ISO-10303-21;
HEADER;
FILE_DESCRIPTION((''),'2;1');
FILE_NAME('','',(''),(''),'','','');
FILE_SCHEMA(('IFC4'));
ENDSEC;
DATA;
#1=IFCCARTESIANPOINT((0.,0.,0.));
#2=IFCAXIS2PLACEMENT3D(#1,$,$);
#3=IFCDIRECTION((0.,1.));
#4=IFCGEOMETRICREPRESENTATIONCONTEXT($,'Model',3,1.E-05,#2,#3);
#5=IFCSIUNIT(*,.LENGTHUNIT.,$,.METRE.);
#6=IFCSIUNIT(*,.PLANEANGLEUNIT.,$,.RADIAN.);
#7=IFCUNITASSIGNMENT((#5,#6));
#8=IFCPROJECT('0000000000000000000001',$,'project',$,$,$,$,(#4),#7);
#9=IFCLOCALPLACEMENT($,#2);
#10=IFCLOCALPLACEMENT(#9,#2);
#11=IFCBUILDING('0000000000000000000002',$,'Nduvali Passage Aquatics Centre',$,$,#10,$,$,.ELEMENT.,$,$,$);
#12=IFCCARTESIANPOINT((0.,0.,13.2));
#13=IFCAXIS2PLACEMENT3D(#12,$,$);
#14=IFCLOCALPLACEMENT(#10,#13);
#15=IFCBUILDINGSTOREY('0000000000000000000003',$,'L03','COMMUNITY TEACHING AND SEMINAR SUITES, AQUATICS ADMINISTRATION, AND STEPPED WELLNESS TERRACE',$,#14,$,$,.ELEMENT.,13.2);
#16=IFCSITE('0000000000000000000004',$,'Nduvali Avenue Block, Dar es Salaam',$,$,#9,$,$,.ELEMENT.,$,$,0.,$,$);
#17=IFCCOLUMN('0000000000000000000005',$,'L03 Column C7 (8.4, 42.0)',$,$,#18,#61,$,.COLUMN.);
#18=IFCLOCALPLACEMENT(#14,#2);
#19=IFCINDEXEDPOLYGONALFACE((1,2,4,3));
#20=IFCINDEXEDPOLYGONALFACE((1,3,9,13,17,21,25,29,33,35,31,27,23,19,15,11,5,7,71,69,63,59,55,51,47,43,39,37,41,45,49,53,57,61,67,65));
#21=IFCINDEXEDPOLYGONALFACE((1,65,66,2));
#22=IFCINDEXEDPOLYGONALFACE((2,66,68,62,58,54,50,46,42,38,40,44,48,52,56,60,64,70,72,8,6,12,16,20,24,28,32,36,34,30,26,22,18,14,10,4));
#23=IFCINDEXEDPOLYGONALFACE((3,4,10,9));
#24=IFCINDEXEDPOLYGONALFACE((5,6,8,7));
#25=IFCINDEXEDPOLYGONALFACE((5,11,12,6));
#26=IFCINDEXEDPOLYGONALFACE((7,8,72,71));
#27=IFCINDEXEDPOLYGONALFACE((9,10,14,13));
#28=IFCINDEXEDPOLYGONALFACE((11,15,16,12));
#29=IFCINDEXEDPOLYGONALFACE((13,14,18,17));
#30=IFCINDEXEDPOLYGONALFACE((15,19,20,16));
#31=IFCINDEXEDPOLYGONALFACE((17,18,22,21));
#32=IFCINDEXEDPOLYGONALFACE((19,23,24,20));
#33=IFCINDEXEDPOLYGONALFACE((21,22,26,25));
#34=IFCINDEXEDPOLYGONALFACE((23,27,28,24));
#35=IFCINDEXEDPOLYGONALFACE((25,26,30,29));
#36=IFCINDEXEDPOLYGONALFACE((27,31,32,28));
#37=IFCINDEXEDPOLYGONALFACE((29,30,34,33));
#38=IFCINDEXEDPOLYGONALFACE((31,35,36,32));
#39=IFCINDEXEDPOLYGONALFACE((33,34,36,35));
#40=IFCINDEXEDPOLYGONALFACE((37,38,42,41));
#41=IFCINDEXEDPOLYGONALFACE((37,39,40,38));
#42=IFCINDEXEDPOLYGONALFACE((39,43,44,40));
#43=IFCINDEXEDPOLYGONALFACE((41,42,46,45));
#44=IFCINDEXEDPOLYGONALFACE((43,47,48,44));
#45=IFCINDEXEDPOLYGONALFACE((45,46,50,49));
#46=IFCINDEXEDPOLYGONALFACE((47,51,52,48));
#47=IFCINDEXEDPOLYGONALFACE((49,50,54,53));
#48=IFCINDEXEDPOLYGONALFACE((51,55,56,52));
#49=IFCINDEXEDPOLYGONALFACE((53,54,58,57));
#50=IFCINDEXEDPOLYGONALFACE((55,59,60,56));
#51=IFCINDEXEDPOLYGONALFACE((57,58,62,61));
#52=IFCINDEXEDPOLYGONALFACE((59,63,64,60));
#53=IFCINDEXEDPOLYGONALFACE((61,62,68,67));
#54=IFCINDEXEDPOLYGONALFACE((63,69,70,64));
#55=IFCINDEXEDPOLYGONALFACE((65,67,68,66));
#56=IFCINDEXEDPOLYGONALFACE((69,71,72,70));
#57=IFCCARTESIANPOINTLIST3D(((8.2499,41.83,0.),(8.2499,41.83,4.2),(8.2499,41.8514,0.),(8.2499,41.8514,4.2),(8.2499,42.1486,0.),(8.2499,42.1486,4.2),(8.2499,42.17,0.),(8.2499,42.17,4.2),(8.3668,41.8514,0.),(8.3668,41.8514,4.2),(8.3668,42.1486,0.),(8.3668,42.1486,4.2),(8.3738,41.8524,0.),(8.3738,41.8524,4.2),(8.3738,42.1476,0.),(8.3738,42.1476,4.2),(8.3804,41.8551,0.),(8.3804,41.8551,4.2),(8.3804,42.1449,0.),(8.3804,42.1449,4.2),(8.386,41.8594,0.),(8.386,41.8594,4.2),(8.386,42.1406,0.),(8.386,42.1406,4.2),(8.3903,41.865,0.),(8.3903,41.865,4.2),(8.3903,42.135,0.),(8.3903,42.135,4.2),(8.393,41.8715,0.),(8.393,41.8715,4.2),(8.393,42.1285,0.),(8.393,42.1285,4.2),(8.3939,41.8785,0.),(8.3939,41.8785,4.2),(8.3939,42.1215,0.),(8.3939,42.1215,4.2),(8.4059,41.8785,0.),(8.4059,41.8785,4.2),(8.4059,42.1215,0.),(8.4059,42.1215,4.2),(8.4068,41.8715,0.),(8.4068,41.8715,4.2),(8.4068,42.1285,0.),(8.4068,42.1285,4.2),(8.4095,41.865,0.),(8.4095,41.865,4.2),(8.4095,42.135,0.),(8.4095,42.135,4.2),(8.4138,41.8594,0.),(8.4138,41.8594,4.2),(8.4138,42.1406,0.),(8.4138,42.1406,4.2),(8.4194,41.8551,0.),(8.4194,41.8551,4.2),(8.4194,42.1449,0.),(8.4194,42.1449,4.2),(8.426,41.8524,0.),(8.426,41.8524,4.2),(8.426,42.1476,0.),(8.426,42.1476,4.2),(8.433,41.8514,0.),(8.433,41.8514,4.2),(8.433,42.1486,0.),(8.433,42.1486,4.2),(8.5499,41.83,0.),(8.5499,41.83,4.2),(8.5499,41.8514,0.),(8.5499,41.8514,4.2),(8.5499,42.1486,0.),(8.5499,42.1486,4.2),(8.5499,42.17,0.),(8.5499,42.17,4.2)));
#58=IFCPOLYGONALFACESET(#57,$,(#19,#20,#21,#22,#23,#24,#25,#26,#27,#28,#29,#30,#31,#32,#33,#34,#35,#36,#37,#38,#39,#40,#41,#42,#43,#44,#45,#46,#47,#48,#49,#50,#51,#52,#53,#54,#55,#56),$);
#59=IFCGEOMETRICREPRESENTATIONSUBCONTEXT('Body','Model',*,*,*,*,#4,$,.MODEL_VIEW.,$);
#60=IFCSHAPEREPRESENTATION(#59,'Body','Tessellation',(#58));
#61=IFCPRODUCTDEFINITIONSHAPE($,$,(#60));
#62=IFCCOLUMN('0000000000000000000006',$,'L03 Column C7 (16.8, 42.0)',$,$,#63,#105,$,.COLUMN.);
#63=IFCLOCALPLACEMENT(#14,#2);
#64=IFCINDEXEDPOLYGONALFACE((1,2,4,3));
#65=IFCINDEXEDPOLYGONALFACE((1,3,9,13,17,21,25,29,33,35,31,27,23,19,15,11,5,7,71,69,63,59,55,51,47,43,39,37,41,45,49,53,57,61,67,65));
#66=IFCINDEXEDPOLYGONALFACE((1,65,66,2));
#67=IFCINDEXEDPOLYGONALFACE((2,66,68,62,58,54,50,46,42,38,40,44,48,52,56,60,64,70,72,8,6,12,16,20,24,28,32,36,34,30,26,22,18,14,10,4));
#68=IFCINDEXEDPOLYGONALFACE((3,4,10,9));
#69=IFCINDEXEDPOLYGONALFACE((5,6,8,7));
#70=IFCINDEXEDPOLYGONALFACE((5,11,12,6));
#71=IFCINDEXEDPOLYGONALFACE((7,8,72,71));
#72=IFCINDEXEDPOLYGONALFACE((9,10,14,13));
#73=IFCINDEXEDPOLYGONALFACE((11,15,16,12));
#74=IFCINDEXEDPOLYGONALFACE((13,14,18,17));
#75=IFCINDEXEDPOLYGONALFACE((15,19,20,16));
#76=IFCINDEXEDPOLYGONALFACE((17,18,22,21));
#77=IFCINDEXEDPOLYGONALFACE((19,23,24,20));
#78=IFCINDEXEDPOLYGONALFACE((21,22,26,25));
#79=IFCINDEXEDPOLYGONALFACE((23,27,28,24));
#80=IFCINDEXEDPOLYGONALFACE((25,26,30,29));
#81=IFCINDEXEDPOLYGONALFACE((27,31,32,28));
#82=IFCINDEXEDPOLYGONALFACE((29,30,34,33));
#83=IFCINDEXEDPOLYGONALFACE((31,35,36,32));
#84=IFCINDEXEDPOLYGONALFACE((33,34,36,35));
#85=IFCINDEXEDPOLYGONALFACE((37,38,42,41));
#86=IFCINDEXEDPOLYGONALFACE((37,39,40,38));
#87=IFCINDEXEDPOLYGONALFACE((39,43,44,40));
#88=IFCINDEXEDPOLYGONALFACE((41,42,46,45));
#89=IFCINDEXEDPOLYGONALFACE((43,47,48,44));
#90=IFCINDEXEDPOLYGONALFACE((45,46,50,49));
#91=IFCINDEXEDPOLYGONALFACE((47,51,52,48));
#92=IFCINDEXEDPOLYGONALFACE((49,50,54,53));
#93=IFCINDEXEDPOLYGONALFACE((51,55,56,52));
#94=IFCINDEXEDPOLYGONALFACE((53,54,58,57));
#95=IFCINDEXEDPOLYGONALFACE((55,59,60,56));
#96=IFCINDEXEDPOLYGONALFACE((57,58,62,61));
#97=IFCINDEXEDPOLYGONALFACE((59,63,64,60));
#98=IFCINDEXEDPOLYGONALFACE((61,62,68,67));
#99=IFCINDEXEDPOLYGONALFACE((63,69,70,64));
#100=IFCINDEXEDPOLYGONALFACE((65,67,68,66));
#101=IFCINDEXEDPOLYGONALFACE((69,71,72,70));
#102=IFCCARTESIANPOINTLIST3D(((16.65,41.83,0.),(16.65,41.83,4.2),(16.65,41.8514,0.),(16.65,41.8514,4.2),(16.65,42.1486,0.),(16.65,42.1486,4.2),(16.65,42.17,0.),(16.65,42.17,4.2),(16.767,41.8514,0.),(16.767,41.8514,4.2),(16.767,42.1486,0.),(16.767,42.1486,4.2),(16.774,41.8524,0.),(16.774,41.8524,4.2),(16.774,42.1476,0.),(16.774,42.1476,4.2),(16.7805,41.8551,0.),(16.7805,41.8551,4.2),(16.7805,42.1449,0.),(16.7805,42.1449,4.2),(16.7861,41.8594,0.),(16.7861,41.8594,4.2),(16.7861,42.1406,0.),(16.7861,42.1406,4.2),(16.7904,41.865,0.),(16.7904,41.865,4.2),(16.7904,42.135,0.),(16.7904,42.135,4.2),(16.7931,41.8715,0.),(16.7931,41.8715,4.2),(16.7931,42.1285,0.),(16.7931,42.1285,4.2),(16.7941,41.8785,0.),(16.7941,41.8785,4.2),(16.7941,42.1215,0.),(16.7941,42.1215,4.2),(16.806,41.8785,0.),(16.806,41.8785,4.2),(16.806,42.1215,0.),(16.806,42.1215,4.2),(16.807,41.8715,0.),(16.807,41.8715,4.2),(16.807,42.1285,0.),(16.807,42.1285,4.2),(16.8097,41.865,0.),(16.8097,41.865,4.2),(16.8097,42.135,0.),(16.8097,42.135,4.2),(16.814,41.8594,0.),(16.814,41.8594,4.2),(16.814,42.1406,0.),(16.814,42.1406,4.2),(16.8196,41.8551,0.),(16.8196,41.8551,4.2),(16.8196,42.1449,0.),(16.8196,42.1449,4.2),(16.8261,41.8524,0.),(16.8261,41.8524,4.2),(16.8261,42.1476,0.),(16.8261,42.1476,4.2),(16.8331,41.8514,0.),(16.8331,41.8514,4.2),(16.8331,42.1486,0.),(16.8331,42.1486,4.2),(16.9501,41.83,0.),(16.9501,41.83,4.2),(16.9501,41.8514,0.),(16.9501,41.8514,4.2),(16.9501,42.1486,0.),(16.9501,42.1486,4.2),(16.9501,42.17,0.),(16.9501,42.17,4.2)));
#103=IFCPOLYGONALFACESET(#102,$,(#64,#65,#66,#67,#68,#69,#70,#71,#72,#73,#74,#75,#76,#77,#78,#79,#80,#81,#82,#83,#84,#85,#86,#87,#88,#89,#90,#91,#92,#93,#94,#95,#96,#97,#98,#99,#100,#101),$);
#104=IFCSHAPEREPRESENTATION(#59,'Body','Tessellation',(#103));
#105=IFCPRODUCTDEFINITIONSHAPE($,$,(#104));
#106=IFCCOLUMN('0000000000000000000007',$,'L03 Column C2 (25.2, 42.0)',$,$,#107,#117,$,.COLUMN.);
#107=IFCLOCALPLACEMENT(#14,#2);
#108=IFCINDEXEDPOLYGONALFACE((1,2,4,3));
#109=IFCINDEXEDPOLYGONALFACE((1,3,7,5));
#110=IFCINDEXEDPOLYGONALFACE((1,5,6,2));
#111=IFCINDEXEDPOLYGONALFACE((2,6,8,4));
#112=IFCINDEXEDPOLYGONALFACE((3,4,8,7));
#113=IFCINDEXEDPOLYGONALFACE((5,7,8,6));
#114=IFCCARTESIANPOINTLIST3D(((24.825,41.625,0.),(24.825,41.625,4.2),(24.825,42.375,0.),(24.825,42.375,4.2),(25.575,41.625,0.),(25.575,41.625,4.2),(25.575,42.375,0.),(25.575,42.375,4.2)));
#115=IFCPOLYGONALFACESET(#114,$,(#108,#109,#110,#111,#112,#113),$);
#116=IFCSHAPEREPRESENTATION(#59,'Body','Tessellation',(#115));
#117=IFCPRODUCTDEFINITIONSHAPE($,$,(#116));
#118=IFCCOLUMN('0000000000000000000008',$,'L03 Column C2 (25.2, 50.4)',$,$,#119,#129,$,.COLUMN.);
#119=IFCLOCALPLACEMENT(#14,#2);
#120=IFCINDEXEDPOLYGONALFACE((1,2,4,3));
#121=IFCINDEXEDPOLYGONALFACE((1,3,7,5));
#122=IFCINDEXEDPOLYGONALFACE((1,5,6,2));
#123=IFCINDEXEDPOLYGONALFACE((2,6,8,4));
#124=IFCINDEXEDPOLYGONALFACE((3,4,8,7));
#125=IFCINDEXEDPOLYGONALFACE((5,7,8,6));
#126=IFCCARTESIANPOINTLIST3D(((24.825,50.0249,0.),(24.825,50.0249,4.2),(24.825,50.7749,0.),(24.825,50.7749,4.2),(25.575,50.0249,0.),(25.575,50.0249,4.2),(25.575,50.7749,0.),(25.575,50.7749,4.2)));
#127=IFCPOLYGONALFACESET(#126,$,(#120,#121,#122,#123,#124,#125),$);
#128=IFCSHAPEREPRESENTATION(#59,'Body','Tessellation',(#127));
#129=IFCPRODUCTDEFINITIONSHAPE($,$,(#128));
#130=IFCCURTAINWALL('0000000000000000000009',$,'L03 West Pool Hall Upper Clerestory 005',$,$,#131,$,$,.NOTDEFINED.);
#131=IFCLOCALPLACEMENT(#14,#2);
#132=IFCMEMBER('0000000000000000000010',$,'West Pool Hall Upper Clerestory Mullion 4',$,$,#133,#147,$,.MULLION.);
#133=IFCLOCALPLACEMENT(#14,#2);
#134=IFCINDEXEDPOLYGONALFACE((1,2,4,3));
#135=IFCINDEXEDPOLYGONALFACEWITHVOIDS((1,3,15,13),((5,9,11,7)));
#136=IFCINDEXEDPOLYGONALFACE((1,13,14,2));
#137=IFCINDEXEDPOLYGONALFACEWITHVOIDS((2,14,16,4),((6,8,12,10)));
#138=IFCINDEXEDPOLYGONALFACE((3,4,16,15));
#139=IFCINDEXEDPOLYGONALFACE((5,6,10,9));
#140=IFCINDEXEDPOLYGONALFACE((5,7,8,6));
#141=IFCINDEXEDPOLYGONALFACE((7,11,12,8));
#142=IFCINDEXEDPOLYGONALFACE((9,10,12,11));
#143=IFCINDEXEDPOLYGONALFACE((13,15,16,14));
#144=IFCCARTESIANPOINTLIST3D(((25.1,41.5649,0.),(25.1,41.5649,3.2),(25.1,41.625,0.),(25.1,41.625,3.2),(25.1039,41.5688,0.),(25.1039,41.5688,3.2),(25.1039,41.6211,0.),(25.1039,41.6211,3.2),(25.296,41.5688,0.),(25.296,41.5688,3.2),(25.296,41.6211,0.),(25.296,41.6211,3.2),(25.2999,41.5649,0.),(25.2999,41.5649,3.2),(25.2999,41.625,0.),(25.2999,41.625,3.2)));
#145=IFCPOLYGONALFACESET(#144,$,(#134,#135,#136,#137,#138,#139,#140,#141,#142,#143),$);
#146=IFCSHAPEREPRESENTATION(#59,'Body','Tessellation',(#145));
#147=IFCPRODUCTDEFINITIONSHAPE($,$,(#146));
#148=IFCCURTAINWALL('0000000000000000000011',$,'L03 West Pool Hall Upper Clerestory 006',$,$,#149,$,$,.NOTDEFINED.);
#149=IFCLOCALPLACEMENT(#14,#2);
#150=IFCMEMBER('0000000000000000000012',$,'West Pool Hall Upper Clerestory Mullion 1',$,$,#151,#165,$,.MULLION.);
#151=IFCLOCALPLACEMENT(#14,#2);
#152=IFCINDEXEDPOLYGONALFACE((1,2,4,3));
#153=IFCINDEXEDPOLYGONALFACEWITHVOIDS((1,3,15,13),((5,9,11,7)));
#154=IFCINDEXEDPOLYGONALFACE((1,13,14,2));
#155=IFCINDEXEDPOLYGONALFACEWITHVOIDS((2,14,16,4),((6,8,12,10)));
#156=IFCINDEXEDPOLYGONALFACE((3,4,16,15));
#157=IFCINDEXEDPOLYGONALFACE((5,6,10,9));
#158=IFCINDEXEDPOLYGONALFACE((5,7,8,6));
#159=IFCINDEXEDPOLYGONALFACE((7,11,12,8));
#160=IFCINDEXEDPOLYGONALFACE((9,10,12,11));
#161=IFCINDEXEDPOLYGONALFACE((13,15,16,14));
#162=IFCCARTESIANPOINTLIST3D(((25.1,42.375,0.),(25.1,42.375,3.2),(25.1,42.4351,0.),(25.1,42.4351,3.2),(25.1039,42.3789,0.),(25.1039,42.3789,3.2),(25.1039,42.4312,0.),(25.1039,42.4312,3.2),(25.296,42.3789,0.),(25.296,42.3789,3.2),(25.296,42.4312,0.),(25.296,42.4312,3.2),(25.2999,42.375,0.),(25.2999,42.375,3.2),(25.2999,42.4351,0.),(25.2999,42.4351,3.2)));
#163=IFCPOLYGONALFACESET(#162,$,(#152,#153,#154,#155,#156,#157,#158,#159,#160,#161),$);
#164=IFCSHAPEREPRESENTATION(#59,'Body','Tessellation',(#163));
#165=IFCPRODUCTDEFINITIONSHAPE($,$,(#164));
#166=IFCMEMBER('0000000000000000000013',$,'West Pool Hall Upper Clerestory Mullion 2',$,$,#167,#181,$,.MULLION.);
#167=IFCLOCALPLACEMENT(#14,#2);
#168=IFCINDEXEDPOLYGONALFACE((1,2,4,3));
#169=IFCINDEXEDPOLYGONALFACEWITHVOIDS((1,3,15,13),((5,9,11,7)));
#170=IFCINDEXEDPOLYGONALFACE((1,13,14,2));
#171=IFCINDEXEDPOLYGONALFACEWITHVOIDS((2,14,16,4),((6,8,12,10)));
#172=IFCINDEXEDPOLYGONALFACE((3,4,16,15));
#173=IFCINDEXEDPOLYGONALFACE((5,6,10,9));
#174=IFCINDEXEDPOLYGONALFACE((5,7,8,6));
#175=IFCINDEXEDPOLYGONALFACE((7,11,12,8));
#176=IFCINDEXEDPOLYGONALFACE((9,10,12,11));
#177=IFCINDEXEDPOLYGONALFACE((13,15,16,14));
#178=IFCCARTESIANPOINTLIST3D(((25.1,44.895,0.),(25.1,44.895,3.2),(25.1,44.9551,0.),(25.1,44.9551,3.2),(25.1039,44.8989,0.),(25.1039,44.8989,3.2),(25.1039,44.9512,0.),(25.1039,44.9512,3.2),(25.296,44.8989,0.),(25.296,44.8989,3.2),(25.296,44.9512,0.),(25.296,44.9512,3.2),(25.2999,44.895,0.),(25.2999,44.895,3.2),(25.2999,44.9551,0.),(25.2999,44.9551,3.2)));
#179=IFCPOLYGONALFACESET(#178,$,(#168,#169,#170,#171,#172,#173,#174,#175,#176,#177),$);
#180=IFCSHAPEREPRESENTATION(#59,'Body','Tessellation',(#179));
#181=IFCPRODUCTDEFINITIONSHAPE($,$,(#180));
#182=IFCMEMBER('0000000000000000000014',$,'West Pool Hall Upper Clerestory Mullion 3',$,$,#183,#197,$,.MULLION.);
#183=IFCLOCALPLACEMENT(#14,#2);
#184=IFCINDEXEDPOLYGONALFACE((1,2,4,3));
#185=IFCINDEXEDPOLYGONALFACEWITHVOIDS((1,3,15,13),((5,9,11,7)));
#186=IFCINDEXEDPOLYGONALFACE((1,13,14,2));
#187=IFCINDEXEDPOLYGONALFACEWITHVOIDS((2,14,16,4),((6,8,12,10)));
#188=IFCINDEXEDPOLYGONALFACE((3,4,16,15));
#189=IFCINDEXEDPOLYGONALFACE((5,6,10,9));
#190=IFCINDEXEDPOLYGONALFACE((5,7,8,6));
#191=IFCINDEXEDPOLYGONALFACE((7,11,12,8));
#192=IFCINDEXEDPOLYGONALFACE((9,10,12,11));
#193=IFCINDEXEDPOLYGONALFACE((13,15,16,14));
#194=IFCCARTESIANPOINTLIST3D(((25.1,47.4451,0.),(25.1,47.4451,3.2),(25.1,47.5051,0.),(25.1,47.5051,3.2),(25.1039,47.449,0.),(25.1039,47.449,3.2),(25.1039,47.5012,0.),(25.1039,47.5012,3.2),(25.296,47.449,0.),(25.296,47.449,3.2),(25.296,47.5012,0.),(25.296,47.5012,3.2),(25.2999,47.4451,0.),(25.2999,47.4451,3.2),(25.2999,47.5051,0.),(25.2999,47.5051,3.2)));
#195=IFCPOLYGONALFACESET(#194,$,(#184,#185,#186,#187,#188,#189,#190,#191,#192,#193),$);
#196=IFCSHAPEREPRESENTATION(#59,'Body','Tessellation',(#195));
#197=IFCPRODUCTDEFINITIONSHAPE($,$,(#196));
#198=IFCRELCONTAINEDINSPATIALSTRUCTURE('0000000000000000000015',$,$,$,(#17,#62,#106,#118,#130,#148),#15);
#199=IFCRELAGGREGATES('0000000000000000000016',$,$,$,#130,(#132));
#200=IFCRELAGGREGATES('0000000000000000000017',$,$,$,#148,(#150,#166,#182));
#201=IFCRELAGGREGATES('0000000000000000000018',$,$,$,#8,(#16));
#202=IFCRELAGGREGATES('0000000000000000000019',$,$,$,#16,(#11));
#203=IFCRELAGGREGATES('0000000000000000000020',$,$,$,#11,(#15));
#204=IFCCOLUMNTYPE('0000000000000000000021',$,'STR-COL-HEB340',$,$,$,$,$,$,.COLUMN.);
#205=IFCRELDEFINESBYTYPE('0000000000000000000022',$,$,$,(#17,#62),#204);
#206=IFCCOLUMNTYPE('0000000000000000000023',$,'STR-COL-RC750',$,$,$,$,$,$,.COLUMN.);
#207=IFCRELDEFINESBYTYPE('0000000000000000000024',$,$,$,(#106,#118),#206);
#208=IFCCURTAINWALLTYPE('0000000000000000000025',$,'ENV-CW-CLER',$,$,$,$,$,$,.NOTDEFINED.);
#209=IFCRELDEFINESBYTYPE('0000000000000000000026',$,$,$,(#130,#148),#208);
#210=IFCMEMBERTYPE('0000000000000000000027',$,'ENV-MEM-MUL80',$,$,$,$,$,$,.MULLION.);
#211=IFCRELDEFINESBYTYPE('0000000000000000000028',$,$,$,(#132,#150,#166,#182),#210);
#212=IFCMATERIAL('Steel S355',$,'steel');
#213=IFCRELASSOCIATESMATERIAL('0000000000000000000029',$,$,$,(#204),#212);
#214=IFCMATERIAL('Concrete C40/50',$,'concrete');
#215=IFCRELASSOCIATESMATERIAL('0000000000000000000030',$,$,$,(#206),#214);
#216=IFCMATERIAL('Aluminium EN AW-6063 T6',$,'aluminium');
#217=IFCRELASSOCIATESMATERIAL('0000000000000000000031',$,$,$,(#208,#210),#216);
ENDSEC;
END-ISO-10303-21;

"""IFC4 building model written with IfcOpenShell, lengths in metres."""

from ifc_helpers import new_model, si_unit, direction, frame, origin, origin_2d, place, context, subcontext, project, spatial, rectangle, hollow_rectangle, i_section, extrude, material, material_profile, profile_set, type_object, element, aggregate, save


model = new_model("IFC4")

# Units and contexts
model_context = context("Model", 3, precision=1e-05, world=origin(), true_north=direction((0.0, 1.0)))
body_context = subcontext(model_context, "Body", "Model", "MODEL_VIEW")
ifc_project = project(units=[si_unit("LENGTHUNIT", "METRE"), si_unit("PLANEANGLEUNIT", "RADIAN")], contexts=[model_context])

# Site, building, storey
site_placement = place(None, origin())
site = spatial("IfcSite", under=ifc_project, at=site_placement, Name="Nduvali Avenue Block, Dar es Salaam", CompositionType="ELEMENT", RefElevation=0.0)
building_placement = place(site_placement, origin())
building = spatial("IfcBuilding", under=site, at=building_placement, Name="Nduvali Passage Aquatics Centre", CompositionType="ELEMENT")
storey_placement = place(building_placement, frame((0.0, 0.0, 13.2)))
storey = spatial("IfcBuildingStorey", under=building, at=storey_placement, Name="L03", Description="COMMUNITY TEACHING AND SEMINAR SUITES, AQUATICS ADMINISTRATION, AND STEPPED WELLNESS TERRACE", CompositionType="ELEMENT", Elevation=13.2)

# Columns
ifc_material_1 = material(Name="Steel S355", Category="steel")
ifc_material_profile_1 = material_profile(ifc_material_1, i_section(OverallWidth=0.3, OverallDepth=0.3401, WebThickness=0.012, FlangeThickness=0.0215, FilletRadius=0.0271, at=origin_2d()), Name="HEB 340")
ifc_profile_set_1 = profile_set([ifc_material_profile_1], Name="Steel S355")
column_type_1 = type_object("IfcColumnType", Name="STR-COL-HEB340", PredefinedType="COLUMN", material=ifc_profile_set_1)
for number, where, z_axis, x_axis, name in (
    (1, (8.3999, 42.0, 0.0), (0.0, 0.0, 1.0), (1.0, 0.0, 0.0), "L03 Column C7 (8.4, 42.0)"),
    (2, (16.8, 42.0, 0.0), (0.0, 0.0, 1.0), (1.0, 0.0, 0.0), "L03 Column C7 (16.8, 42.0)"),
):
    element("IfcColumn", number, at=place(storey_placement, frame(where, z_axis=z_axis, x_axis=x_axis)), inside=storey, type_object=column_type_1, Name=name, PredefinedType="COLUMN", context=body_context, shape_type="SweptSolid", body=[
        extrude(i_section(OverallWidth=0.3, OverallDepth=0.3401, WebThickness=0.012, FlangeThickness=0.0215, FilletRadius=0.0271, at=origin_2d()), origin(), (0.0, 0.0, 1.0), 4.2),
    ])
ifc_material_2 = material(Name="Concrete C40/50", Category="concrete")
ifc_material_profile_2 = material_profile(ifc_material_2, rectangle(XDim=0.75, YDim=0.75, at=origin_2d()), Name="RC 750x750")
ifc_profile_set_2 = profile_set([ifc_material_profile_2], Name="Concrete C40/50")
column_type_2 = type_object("IfcColumnType", Name="STR-COL-RC750", PredefinedType="COLUMN", material=ifc_profile_set_2)
for number, where, z_axis, x_axis, name in (
    (3, (25.2, 42.0, 0.0), (0.0, 0.0, 1.0), (1.0, 0.0, 0.0), "L03 Column C2 (25.2, 42.0)"),
    (4, (25.2, 50.3999, 0.0), (0.0, 0.0, 1.0), (1.0, 0.0, 0.0), "L03 Column C2 (25.2, 50.4)"),
):
    element("IfcColumn", number, at=place(storey_placement, frame(where, z_axis=z_axis, x_axis=x_axis)), inside=storey, type_object=column_type_2, Name=name, PredefinedType="COLUMN", context=body_context, shape_type="SweptSolid", body=[
        extrude(rectangle(XDim=0.75, YDim=0.75, at=origin_2d()), origin(), (0.0, 0.0, 1.0), 4.2),
    ])

# Curtain wall, member
ifc_material_3 = material(Name="Aluminium EN AW-6063 T6", Category="aluminium")
curtain_wall_type = type_object("IfcCurtainWallType", Name="ENV-CW-CLER", PredefinedType="NOTDEFINED", material=ifc_material_3)
curtain_wall_1_placement = place(storey_placement, origin())
curtain_wall_1 = element("IfcCurtainWall", 5, at=curtain_wall_1_placement, inside=storey, type_object=curtain_wall_type, Name="L03 West Pool Hall Upper Clerestory 005", PredefinedType="NOTDEFINED")
ifc_material_profile_3 = material_profile(ifc_material_3, hollow_rectangle(XDim=0.0601, YDim=0.2, WallThickness=0.0039, at=origin_2d()), Name="ALU MULLION 60x200x4")
ifc_profile_set_3 = profile_set([ifc_material_profile_3], Name="Aluminium EN AW-6063 T6")
member_type_1 = type_object("IfcMemberType", Name="ENV-MEM-MUL80", PredefinedType="MULLION", material=ifc_profile_set_3)
member_1_placement = place(storey_placement, frame((25.2, 41.595, 0.0), z_axis=(0.0, 0.0, 1.0), x_axis=(0.0, 1.0, 0.0)))
member_1 = element("IfcMember", 6, at=member_1_placement, type_object=member_type_1, Name="West Pool Hall Upper Clerestory Mullion 4", PredefinedType="MULLION", context=body_context, shape_type="SweptSolid", body=[
    extrude(hollow_rectangle(XDim=0.0601, YDim=0.2, WallThickness=0.0039, at=origin_2d()), origin(), (0.0, 0.0, 1.0), 3.2),
])

# Curtain wall, members
curtain_wall_2_placement = place(storey_placement, origin())
curtain_wall_2 = element("IfcCurtainWall", 7, at=curtain_wall_2_placement, inside=storey, type_object=curtain_wall_type, Name="L03 West Pool Hall Upper Clerestory 006", PredefinedType="NOTDEFINED")
member_2_placement = place(storey_placement, frame((25.2, 42.405, 0.0), z_axis=(0.0, 0.0, 1.0), x_axis=(0.0, 1.0, 0.0)))
member_2 = element("IfcMember", 8, at=member_2_placement, type_object=member_type_1, Name="West Pool Hall Upper Clerestory Mullion 1", PredefinedType="MULLION", context=body_context, shape_type="SweptSolid", body=[
    extrude(hollow_rectangle(XDim=0.0601, YDim=0.2, WallThickness=0.0039, at=origin_2d()), origin(), (0.0, 0.0, 1.0), 3.2),
])
member_3_placement = place(storey_placement, frame((25.2, 44.925, 0.0), z_axis=(0.0, 0.0, 1.0), x_axis=(0.0, 1.0, 0.0)))
member_3 = element("IfcMember", 9, at=member_3_placement, type_object=member_type_1, Name="West Pool Hall Upper Clerestory Mullion 2", PredefinedType="MULLION", context=body_context, shape_type="SweptSolid", body=[
    extrude(hollow_rectangle(XDim=0.0601, YDim=0.2, WallThickness=0.0039, at=origin_2d()), origin(), (0.0, 0.0, 1.0), 3.2),
])
member_4_placement = place(storey_placement, frame((25.2, 47.4751, 0.0), z_axis=(0.0, 0.0, 1.0), x_axis=(0.0, 1.0, 0.0)))
member_4 = element("IfcMember", 10, at=member_4_placement, type_object=member_type_1, Name="West Pool Hall Upper Clerestory Mullion 3", PredefinedType="MULLION", context=body_context, shape_type="SweptSolid", body=[
    extrude(hollow_rectangle(XDim=0.0601, YDim=0.2, WallThickness=0.0039, at=origin_2d()), origin(), (0.0, 0.0, 1.0), 3.2),
])

aggregate(curtain_wall_1, [member_1])
aggregate(curtain_wall_2, [member_2, member_3, member_4])

save(model, "model.ifc")
